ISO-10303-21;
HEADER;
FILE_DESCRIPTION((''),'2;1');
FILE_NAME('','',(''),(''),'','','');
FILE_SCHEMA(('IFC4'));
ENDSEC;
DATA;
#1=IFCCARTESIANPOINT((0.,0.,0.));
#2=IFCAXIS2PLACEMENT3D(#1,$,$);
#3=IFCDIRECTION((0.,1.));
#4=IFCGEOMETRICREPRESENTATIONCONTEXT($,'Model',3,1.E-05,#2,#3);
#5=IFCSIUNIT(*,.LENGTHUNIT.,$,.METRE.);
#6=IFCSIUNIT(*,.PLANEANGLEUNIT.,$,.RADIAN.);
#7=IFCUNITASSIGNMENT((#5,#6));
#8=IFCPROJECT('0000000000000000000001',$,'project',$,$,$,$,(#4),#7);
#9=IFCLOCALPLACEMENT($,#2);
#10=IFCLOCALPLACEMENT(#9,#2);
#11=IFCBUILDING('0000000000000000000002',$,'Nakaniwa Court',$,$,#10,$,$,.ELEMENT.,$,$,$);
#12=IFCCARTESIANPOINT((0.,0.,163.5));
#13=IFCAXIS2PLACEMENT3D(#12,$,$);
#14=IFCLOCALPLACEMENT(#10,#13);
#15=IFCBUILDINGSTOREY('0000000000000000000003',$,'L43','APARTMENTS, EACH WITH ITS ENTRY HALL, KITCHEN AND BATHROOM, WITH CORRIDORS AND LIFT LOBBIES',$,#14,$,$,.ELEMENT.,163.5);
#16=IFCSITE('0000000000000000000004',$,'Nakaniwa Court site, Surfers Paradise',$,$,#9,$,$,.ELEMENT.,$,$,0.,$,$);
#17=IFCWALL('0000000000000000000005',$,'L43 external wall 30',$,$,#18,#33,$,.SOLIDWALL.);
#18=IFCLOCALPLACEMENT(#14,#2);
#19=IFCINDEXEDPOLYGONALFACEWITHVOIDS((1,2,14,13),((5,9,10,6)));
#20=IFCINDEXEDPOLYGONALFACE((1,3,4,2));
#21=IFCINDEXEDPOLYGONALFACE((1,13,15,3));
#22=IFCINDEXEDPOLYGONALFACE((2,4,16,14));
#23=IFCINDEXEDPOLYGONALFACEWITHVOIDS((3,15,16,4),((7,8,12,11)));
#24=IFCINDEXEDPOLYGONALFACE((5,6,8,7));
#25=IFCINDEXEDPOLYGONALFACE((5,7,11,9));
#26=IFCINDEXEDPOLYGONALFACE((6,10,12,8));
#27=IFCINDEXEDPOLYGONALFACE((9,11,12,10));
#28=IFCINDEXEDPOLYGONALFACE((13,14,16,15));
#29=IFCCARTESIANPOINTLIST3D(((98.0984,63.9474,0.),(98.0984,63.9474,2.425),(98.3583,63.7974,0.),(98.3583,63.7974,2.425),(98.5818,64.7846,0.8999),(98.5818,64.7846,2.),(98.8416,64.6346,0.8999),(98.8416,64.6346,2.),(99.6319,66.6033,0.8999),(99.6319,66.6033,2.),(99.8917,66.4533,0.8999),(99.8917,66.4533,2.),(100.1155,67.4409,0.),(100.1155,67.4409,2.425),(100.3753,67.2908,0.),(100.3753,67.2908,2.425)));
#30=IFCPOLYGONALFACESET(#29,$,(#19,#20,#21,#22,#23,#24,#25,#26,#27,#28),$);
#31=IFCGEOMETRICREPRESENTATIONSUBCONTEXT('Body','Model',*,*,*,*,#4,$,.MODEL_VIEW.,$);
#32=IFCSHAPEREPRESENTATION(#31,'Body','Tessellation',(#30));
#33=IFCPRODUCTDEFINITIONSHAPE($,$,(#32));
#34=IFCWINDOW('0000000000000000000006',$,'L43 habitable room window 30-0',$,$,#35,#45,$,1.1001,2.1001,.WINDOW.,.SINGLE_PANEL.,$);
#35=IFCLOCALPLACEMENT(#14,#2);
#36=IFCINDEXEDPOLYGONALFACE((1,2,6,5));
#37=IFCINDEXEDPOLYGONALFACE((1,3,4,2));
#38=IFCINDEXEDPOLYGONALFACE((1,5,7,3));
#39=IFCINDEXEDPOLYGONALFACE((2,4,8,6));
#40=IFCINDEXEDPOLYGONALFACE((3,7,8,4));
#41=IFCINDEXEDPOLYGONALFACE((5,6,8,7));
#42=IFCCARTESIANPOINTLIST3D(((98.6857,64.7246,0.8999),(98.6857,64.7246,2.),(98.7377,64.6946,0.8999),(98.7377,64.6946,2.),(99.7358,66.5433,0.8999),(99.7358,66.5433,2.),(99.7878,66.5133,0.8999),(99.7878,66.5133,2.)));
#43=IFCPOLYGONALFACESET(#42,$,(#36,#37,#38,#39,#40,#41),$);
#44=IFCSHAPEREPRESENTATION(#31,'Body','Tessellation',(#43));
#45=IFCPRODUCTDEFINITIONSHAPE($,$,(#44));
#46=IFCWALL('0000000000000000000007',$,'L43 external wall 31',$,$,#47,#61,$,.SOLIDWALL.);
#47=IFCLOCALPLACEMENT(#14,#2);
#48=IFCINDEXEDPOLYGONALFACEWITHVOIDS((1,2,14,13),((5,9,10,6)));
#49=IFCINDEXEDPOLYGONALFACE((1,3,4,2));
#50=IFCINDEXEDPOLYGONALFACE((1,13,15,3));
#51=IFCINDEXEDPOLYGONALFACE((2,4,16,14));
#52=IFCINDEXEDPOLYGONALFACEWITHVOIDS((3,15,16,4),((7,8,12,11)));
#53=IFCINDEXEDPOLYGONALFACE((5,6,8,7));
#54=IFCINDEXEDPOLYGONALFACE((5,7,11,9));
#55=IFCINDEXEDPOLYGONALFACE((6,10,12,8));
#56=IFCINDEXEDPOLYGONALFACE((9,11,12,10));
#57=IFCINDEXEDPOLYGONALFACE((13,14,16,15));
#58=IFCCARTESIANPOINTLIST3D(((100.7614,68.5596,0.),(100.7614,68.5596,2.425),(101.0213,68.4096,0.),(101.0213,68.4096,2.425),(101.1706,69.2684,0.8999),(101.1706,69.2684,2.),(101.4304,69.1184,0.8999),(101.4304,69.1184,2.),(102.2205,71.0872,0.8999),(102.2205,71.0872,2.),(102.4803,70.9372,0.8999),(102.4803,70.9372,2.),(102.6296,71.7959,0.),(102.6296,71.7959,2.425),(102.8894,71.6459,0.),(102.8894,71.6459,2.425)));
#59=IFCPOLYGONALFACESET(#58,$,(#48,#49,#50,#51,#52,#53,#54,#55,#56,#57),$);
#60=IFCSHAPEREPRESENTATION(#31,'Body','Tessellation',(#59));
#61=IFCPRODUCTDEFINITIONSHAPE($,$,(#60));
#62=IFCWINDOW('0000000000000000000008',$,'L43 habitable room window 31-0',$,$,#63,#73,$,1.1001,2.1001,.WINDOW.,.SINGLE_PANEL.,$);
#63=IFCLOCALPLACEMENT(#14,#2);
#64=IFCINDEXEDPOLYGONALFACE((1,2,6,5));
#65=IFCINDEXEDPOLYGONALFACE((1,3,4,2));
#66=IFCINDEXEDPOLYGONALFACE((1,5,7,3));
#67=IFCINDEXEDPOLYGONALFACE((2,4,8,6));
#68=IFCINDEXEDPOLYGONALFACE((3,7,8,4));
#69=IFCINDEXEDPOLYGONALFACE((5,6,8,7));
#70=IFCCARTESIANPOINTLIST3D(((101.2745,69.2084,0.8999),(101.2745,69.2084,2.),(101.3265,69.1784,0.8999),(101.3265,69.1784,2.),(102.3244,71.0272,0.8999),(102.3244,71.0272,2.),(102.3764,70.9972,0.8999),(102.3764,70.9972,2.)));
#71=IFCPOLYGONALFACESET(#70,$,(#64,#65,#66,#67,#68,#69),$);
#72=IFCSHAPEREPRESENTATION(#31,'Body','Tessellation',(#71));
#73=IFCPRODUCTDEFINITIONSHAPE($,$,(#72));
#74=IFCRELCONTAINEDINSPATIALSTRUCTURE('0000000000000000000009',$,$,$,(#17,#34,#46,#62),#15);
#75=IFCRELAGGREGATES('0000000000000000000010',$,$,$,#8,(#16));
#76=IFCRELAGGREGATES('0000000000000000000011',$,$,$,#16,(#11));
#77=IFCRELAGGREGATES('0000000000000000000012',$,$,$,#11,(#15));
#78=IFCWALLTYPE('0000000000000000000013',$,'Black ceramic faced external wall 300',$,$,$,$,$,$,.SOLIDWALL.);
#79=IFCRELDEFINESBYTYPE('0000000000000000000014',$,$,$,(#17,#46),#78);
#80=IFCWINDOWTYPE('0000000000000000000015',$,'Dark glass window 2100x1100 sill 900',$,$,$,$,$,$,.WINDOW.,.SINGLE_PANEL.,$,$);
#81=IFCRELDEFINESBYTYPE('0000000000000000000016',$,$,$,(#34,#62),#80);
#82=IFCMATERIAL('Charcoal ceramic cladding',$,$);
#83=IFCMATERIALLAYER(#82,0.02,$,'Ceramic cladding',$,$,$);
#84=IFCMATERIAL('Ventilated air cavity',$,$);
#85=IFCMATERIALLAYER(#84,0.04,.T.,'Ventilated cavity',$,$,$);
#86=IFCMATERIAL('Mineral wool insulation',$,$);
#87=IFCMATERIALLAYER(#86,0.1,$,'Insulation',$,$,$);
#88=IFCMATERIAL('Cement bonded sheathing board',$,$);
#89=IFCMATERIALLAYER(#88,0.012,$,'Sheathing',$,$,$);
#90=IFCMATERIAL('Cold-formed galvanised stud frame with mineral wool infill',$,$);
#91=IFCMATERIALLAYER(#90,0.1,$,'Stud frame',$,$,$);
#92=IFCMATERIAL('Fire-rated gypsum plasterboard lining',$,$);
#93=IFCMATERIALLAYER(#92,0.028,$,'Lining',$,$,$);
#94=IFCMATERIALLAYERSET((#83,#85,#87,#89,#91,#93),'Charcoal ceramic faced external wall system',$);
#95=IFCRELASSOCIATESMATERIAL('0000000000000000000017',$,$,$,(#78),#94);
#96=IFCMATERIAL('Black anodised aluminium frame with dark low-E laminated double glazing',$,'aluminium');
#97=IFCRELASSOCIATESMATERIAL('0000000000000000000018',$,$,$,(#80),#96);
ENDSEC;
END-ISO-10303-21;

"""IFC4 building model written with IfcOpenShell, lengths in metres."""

from ifc_helpers import new_model, si_unit, direction, frame, frame_2d, origin, place, context, subcontext, project, spatial, rectangle, extrude, material, layer, layer_set, type_object, element, fill, save


model = new_model("IFC4")

# Units and contexts
model_context = context("Model", 3, precision=1e-05, world=origin(), true_north=direction((0.0, 1.0)))
body_context = subcontext(model_context, "Body", "Model", "MODEL_VIEW")
ifc_project = project(units=[si_unit("LENGTHUNIT", "METRE"), si_unit("PLANEANGLEUNIT", "RADIAN")], contexts=[model_context])

# Site, building, storey
site_placement = place(None, origin())
site = spatial("IfcSite", under=ifc_project, at=site_placement, Name="Nakaniwa Court site, Surfers Paradise", CompositionType="ELEMENT", RefElevation=0.0)
building_placement = place(site_placement, origin())
building = spatial("IfcBuilding", under=site, at=building_placement, Name="Nakaniwa Court", CompositionType="ELEMENT")
storey_placement = place(building_placement, frame((0.0, 0.0, 163.5)))
storey = spatial("IfcBuildingStorey", under=building, at=storey_placement, Name="L43", Description="APARTMENTS, EACH WITH ITS ENTRY HALL, KITCHEN AND BATHROOM, WITH CORRIDORS AND LIFT LOBBIES", CompositionType="ELEMENT", Elevation=163.5)

# Shared definitions
ifc_material_1 = material(Name="Charcoal ceramic cladding")
ifc_layer_1 = layer(ifc_material_1, 0.02, Name="Ceramic cladding")
ifc_material_2 = material(Name="Ventilated air cavity")
ifc_layer_2 = layer(ifc_material_2, 0.04, ventilated=True, Name="Ventilated cavity")
ifc_material_3 = material(Name="Mineral wool insulation")
ifc_layer_3 = layer(ifc_material_3, 0.1, Name="Insulation")
ifc_material_4 = material(Name="Cement bonded sheathing board")
ifc_layer_4 = layer(ifc_material_4, 0.012, Name="Sheathing")
ifc_material_5 = material(Name="Cold-formed galvanised stud frame with mineral wool infill")
ifc_layer_5 = layer(ifc_material_5, 0.1, Name="Stud frame")
ifc_material_6 = material(Name="Fire-rated gypsum plasterboard lining")
ifc_layer_6 = layer(ifc_material_6, 0.028, Name="Lining")
ifc_layer_set_1 = layer_set([ifc_layer_1, ifc_layer_2, ifc_layer_3, ifc_layer_4, ifc_layer_5, ifc_layer_6], Name="Charcoal ceramic faced external wall system")
wall_type_1 = type_object("IfcWallType", Name="Black ceramic faced external wall 300", PredefinedType="SOLIDWALL", material=ifc_layer_set_1)

# Walls, openings, windows
ifc_material_7 = material(Name="Black anodised aluminium frame with dark low-E laminated double glazing", Category="aluminium")
window_type_1 = type_object("IfcWindowType", Name="Dark glass window 2100x1100 sill 900", PartitioningType="SINGLE_PANEL", PredefinedType="WINDOW", material=ifc_material_7)
wall_1_placement = place(storey_placement, frame((98.2283, 63.8723, 0.0), z_axis=(0.0, 0.0, 1.0), x_axis=(0.500032, 0.866007, 0.0)))
wall_1 = element("IfcWall", 1, at=wall_1_placement, inside=storey, type_object=wall_type_1, Name="L43 external wall 30", PredefinedType="SOLIDWALL", context=body_context, shape_type="SweptSolid", body=[
    extrude(rectangle(XDim=4.0339, YDim=0.3, at=frame_2d((2.0171, 0.0))), origin(), (0.0, 0.0, 1.0), 2.425),
])
opening_1_placement = place(wall_1_placement, frame((0.9668, 0.0, 0.8999)))
opening_1 = element("IfcOpeningElement", 2, at=opening_1_placement, cuts=wall_1, PredefinedType="OPENING", context=body_context, shape_type="SweptSolid", body=[
    extrude(rectangle(XDim=2.1001, YDim=1.1001, at=frame_2d((1.05, 0.55))), frame((0.0, 0.1599, 0.0), z_axis=(0.0, -1.0, 0.0), x_axis=(1.0, 0.0, 0.0)), (0.0, 0.0, 1.0), 0.3201),
])
window_1_placement = place(opening_1_placement, origin())
window_1 = element("IfcWindow", 3, at=window_1_placement, inside=storey, type_object=window_type_1, Name="L43 habitable room window 30-0", OverallHeight=1.1001, OverallWidth=2.1001, PartitioningType="SINGLE_PANEL", PredefinedType="WINDOW", context=body_context, shape_type="SweptSolid", body=[
    extrude(rectangle(XDim=2.1001, YDim=1.1001, at=frame_2d((1.05, 0.55))), frame((0.0, 0.03, 0.0), z_axis=(0.0, -1.0, 0.0), x_axis=(1.0, 0.0, 0.0)), (0.0, 0.0, 1.0), 0.0601),
])
fill(opening_1, window_1)
wall_2_placement = place(storey_placement, frame((100.8914, 68.4846, 0.0), z_axis=(0.0, 0.0, 1.0), x_axis=(0.499934, 0.866064, 0.0)))
wall_2 = element("IfcWall", 4, at=wall_2_placement, inside=storey, type_object=wall_type_1, Name="L43 external wall 31", PredefinedType="SOLIDWALL", context=body_context, shape_type="SweptSolid", body=[
    extrude(rectangle(XDim=3.7368, YDim=0.3, at=frame_2d((1.8684, 0.0))), origin(), (0.0, 0.0, 1.0), 2.425),
])
opening_2_placement = place(wall_2_placement, frame((0.8184, 0.0, 0.8999)))
opening_2 = element("IfcOpeningElement", 5, at=opening_2_placement, cuts=wall_2, PredefinedType="OPENING", context=body_context, shape_type="SweptSolid", body=[
    extrude(rectangle(XDim=2.1001, YDim=1.1001, at=frame_2d((1.05, 0.55))), frame((0.0, 0.1599, 0.0), z_axis=(0.0, -1.0, 0.0), x_axis=(1.0, 0.0, 0.0)), (0.0, 0.0, 1.0), 0.3201),
])
window_2_placement = place(opening_2_placement, origin())
window_2 = element("IfcWindow", 6, at=window_2_placement, inside=storey, type_object=window_type_1, Name="L43 habitable room window 31-0", OverallHeight=1.1001, OverallWidth=2.1001, PartitioningType="SINGLE_PANEL", PredefinedType="WINDOW", context=body_context, shape_type="SweptSolid", body=[
    extrude(rectangle(XDim=2.1001, YDim=1.1001, at=frame_2d((1.05, 0.55))), frame((0.0, 0.03, 0.0), z_axis=(0.0, -1.0, 0.0), x_axis=(1.0, 0.0, 0.0)), (0.0, 0.0, 1.0), 0.0601),
])
fill(opening_2, window_2)

save(model, "model.ifc")
